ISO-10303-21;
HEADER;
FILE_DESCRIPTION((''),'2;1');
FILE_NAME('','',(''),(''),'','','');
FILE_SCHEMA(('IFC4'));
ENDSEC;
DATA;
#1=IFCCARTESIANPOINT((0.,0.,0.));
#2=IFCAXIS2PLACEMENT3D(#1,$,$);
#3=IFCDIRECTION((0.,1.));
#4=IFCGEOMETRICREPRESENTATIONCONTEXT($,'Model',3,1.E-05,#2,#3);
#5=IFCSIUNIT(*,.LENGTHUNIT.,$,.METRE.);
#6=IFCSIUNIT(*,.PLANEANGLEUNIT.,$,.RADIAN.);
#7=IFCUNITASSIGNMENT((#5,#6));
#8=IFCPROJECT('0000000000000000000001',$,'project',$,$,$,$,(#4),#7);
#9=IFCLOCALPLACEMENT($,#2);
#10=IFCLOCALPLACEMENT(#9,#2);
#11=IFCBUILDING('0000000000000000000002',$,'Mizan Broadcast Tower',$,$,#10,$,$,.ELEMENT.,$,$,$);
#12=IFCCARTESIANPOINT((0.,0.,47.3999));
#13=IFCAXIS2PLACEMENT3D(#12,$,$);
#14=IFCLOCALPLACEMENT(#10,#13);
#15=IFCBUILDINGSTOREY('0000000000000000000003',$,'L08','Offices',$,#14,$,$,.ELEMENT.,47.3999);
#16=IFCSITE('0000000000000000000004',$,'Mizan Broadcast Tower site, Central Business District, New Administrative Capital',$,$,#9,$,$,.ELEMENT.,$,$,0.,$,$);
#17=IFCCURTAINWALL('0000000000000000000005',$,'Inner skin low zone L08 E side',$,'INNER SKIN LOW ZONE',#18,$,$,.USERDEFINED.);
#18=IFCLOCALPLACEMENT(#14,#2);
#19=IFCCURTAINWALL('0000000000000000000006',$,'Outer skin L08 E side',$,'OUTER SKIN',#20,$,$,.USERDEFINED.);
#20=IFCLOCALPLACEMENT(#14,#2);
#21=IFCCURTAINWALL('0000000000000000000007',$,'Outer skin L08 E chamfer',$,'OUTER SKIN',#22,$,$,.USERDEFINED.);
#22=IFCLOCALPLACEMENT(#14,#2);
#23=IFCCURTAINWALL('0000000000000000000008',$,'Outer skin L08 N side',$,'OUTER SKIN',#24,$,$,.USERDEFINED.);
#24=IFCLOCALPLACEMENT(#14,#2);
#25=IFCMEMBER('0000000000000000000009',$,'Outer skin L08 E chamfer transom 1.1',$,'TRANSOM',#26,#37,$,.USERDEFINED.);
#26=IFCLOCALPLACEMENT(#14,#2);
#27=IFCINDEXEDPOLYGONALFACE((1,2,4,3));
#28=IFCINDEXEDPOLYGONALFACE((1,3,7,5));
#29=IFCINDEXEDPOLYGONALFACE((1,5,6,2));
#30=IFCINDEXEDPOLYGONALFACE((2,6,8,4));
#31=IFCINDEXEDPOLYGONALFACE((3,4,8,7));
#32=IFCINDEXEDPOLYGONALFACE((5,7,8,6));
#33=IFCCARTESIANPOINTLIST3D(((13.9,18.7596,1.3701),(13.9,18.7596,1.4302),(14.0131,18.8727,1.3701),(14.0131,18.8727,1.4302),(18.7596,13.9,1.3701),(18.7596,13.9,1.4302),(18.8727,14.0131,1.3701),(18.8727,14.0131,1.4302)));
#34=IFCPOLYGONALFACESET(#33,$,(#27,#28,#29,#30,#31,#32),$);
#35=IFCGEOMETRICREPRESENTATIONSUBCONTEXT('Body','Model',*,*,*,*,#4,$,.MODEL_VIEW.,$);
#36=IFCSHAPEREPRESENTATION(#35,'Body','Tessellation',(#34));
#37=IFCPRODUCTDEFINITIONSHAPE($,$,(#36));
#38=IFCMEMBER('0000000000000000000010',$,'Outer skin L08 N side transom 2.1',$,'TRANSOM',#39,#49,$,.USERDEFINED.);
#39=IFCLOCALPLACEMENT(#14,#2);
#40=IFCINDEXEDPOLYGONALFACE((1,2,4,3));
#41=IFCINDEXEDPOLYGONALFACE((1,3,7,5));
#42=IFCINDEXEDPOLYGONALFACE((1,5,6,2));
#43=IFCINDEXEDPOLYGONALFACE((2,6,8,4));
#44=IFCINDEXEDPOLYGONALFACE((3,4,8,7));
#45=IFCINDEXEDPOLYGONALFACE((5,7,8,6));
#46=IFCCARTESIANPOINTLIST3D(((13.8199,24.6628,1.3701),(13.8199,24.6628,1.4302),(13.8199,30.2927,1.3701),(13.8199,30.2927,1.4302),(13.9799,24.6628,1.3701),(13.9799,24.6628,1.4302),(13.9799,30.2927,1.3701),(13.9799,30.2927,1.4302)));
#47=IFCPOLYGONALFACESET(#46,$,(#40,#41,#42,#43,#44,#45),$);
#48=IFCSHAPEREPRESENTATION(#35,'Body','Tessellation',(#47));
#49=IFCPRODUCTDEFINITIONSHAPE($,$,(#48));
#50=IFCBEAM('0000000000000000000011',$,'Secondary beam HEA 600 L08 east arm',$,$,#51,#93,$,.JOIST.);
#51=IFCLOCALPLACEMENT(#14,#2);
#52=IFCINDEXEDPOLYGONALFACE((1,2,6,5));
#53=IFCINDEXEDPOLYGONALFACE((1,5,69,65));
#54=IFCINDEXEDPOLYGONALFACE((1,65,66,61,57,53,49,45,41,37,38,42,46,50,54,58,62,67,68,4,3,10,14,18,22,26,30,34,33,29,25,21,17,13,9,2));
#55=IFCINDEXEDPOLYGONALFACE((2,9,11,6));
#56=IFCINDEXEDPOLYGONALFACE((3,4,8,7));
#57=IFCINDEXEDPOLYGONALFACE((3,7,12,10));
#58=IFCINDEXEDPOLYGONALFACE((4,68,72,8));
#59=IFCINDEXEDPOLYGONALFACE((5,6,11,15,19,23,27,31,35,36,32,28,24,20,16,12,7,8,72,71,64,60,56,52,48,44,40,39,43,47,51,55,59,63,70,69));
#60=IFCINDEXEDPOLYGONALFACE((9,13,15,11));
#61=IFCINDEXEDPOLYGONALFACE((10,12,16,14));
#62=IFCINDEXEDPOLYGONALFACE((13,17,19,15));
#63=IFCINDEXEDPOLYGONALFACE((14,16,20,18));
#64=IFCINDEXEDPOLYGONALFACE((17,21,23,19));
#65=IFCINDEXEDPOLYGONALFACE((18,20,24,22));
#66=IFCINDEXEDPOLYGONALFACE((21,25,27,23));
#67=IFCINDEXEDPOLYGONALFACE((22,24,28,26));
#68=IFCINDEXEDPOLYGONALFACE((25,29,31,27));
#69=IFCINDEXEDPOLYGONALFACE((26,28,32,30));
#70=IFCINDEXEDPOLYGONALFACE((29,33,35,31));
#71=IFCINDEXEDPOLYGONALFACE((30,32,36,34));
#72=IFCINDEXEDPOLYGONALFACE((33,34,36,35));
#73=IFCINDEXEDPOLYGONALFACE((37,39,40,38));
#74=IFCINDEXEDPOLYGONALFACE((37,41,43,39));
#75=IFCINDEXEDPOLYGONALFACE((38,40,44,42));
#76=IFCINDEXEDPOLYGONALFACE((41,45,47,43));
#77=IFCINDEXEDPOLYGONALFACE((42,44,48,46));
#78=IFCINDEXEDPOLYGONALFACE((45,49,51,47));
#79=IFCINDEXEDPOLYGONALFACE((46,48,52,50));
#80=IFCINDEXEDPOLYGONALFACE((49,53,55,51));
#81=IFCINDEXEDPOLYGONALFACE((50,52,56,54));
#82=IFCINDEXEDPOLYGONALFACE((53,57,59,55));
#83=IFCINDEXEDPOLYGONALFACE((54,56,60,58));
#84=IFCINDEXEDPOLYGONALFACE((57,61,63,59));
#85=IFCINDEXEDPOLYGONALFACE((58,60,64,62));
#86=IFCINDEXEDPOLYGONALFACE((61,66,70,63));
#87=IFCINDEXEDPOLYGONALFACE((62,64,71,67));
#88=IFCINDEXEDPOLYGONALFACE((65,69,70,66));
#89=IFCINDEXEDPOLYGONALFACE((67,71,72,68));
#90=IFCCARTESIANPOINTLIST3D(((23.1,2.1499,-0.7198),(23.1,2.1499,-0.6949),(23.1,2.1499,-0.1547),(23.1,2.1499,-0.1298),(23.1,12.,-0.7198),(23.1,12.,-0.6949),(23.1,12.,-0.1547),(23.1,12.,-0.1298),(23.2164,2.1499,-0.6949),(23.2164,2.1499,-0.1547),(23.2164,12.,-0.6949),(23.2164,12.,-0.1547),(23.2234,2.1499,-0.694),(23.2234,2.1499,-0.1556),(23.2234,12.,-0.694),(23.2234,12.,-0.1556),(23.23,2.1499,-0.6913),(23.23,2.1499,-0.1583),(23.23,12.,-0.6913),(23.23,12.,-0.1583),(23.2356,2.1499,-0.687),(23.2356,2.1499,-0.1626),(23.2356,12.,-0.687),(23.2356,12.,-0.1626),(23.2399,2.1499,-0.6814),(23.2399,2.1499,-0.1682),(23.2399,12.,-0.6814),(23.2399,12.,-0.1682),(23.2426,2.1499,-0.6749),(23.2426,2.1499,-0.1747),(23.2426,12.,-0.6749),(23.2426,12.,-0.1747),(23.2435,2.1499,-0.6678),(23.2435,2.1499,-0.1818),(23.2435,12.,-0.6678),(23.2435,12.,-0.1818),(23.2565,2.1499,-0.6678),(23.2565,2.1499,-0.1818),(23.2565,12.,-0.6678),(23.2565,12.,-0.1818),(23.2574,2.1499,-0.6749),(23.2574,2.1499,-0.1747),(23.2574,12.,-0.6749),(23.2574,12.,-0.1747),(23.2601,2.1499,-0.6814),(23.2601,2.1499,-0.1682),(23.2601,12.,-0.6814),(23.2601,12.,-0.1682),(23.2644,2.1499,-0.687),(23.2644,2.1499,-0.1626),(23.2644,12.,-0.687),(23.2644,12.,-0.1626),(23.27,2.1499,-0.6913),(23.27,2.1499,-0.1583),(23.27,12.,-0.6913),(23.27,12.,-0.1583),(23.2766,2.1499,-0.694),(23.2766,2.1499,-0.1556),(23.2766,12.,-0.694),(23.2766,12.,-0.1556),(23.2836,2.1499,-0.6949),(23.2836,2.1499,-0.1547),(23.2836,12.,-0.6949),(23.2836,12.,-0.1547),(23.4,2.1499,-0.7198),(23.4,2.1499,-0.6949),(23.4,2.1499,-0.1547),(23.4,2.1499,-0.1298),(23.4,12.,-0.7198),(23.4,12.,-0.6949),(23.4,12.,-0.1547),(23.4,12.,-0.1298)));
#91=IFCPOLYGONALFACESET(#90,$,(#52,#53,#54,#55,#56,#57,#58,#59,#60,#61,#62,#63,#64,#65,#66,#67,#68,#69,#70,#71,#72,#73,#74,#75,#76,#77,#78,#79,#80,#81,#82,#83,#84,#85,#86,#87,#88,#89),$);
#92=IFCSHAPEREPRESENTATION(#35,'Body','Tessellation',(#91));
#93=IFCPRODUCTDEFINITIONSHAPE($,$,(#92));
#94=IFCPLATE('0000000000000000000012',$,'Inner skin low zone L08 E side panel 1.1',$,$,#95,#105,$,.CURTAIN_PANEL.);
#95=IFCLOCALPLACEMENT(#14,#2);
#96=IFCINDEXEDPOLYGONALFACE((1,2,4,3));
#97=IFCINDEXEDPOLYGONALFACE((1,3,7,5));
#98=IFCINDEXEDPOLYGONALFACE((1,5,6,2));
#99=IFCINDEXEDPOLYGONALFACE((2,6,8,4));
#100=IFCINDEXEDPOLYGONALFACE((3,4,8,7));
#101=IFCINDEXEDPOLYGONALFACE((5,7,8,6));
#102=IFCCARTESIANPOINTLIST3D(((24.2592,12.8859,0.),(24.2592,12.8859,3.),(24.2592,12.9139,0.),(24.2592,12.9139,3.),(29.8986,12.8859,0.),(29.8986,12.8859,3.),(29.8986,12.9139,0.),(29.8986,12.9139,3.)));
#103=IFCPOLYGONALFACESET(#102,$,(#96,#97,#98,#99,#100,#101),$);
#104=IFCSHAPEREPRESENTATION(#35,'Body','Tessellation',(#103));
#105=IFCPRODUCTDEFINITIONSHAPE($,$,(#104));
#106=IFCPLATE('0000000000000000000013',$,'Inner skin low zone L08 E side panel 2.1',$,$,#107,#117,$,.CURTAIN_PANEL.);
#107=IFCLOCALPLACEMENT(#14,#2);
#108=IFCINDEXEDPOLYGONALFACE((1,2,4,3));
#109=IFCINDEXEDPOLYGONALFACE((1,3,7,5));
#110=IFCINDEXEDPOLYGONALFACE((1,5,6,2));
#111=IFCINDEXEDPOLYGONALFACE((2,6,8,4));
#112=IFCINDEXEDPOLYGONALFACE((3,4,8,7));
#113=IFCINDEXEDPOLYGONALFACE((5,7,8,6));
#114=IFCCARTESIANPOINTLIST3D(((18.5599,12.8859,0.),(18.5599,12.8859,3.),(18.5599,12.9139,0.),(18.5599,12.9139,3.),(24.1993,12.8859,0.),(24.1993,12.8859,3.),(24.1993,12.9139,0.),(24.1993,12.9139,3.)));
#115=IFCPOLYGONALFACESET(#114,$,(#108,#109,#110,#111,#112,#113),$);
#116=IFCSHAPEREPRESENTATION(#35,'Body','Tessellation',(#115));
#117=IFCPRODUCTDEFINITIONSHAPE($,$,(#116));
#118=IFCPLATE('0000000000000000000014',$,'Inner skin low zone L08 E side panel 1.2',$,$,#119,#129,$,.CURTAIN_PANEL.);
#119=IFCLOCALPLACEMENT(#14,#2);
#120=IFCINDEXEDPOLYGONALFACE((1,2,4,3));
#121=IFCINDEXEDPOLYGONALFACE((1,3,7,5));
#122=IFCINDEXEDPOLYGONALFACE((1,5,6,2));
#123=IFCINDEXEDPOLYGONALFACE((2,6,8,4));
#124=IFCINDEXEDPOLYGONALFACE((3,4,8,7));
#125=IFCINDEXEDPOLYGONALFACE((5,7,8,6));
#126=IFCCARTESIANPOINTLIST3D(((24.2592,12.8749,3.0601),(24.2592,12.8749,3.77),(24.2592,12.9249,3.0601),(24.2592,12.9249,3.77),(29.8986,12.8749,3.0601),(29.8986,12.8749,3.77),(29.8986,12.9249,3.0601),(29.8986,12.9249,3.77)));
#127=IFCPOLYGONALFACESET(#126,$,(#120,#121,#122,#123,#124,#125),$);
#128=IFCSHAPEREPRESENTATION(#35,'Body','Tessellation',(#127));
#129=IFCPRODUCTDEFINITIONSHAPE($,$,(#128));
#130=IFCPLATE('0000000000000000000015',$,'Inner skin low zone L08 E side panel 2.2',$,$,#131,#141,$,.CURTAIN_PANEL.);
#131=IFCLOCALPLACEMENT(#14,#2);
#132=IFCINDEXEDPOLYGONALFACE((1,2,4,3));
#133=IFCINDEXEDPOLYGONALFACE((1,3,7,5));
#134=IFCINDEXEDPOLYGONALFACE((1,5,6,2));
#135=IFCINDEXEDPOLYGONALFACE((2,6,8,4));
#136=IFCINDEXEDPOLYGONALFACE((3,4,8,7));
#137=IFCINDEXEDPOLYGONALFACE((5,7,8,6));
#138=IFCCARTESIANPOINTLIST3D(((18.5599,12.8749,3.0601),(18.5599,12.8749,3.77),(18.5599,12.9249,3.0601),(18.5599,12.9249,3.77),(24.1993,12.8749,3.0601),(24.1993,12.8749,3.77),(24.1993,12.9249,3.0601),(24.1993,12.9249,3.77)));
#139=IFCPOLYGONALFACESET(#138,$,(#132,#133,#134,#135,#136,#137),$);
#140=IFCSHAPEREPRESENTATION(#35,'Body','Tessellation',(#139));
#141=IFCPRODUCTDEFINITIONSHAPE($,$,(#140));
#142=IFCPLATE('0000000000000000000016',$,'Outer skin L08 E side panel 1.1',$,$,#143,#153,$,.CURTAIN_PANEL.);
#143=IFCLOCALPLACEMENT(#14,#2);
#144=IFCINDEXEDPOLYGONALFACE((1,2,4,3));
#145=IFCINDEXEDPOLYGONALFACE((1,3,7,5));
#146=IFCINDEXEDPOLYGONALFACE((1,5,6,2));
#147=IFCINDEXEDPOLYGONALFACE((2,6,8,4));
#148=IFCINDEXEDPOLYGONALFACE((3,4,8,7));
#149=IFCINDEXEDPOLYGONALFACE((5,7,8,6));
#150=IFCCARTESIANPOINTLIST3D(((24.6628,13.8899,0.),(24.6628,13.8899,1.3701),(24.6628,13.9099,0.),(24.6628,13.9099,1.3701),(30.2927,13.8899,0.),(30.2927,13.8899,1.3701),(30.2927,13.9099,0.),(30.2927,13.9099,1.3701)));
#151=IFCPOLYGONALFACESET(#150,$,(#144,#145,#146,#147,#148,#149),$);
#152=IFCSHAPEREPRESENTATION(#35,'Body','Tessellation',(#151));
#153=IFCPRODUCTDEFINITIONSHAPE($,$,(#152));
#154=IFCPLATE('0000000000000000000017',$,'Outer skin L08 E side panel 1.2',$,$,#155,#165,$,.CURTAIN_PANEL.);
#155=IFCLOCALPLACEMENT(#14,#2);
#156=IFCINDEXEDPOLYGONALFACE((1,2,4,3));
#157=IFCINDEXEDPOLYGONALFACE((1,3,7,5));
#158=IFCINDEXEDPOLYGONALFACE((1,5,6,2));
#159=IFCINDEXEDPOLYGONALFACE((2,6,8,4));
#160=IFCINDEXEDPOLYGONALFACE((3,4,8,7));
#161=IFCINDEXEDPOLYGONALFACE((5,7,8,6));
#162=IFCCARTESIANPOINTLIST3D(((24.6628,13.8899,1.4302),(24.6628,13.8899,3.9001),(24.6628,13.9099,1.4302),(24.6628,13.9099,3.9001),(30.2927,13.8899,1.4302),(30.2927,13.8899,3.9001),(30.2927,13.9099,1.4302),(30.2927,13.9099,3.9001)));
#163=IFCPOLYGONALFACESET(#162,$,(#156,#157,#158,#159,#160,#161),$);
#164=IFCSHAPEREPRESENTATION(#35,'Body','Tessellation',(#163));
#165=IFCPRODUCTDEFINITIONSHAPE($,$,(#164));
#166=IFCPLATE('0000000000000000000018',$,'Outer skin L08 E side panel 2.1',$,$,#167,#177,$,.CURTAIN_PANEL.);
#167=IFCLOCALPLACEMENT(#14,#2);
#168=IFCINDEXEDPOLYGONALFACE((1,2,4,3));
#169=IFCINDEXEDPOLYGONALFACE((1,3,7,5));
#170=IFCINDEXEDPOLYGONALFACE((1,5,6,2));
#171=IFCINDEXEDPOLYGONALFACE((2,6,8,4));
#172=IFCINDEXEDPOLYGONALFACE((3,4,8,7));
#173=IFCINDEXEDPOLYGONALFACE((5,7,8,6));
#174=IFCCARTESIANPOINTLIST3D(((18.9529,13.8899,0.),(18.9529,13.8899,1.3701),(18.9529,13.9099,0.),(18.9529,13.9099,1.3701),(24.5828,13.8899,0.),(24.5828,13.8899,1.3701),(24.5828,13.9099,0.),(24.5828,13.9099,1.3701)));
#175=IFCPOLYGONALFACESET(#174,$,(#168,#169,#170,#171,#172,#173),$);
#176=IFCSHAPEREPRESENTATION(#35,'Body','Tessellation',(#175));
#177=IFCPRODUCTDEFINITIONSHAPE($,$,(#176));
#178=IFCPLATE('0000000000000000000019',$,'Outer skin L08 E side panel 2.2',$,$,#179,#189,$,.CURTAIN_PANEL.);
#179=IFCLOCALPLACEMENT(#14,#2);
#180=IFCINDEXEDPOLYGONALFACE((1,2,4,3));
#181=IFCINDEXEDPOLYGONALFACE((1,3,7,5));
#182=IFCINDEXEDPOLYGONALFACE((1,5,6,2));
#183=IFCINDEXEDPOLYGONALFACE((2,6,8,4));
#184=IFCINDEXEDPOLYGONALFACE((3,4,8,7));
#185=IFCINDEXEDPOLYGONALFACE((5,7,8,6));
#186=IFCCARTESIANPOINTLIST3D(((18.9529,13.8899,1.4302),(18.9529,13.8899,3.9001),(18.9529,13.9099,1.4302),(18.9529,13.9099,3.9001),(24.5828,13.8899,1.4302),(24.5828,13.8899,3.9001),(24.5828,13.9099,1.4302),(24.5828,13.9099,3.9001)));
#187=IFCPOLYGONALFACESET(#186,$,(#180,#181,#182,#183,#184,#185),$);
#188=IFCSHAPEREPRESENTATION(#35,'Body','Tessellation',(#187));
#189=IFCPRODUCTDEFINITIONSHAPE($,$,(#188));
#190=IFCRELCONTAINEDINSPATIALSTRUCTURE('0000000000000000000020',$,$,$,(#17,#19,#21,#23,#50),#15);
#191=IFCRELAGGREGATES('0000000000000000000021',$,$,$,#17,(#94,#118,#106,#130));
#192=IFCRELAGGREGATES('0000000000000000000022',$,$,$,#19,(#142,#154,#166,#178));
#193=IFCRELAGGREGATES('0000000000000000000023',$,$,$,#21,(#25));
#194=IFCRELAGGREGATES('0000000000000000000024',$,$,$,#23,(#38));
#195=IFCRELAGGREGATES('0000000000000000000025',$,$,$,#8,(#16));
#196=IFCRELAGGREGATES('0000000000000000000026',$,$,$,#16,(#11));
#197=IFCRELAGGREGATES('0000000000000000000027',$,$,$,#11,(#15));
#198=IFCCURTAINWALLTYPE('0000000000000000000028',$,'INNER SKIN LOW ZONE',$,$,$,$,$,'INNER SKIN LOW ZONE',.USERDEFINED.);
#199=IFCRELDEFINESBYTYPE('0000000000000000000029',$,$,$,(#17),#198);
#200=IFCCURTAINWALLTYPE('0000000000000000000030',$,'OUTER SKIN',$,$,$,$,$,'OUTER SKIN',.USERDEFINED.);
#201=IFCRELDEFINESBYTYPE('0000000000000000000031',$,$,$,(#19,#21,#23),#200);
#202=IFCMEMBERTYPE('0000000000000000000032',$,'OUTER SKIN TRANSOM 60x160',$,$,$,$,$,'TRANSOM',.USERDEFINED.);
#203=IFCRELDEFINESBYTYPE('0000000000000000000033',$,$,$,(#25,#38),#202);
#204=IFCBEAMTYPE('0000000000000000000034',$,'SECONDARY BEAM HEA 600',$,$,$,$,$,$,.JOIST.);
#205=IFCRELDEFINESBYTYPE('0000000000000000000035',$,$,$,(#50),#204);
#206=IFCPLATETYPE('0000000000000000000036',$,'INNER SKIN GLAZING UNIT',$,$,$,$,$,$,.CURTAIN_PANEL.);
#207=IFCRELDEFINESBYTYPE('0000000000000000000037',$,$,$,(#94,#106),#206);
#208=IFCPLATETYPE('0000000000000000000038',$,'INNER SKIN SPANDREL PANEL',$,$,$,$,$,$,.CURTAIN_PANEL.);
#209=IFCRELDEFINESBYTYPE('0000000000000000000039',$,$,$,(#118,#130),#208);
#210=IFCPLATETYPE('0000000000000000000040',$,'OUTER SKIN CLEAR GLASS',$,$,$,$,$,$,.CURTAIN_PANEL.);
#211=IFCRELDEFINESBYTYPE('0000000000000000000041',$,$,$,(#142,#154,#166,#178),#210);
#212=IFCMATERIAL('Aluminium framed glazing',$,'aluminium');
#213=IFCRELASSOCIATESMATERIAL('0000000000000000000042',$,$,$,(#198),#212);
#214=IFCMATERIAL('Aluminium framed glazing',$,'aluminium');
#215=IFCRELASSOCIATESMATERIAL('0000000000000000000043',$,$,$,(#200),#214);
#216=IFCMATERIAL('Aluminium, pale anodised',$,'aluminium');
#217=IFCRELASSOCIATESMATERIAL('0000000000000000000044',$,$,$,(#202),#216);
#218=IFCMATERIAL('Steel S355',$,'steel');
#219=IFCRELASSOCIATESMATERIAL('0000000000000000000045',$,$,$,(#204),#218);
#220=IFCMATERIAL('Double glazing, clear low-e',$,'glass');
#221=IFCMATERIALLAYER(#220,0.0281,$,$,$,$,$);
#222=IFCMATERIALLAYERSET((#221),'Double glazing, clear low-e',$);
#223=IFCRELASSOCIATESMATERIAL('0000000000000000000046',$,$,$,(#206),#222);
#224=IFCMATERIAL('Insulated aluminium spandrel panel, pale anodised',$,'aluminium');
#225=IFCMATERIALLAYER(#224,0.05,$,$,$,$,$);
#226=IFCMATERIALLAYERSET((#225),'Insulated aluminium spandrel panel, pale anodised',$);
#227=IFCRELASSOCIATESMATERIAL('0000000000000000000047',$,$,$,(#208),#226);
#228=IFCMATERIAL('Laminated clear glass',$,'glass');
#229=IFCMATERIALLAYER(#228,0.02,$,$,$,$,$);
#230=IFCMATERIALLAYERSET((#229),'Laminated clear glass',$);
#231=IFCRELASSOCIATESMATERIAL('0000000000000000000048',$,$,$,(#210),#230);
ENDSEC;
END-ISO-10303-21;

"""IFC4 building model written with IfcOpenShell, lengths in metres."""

from ifc_helpers import new_model, si_unit, direction, frame, origin, origin_2d, place, context, subcontext, project, spatial, rectangle, i_section, extrude, material, layer, layer_set, material_profile, profile_set, type_object, element, aggregate, save


model = new_model("IFC4")

# Units and contexts
model_context = context("Model", 3, precision=1e-05, world=origin(), true_north=direction((0.0, 1.0)))
body_context = subcontext(model_context, "Body", "Model", "MODEL_VIEW")
ifc_project = project(units=[si_unit("LENGTHUNIT", "METRE"), si_unit("PLANEANGLEUNIT", "RADIAN")], contexts=[model_context])

# Site, building, storey
site_placement = place(None, origin())
site = spatial("IfcSite", under=ifc_project, at=site_placement, Name="Mizan Broadcast Tower site, Central Business District, New Administrative Capital", CompositionType="ELEMENT", RefElevation=0.0)
building_placement = place(site_placement, origin())
building = spatial("IfcBuilding", under=site, at=building_placement, Name="Mizan Broadcast Tower", CompositionType="ELEMENT")
storey_placement = place(building_placement, frame((0.0, 0.0, 47.3999)))
storey = spatial("IfcBuildingStorey", under=building, at=storey_placement, Name="L08", Description="Offices", CompositionType="ELEMENT", Elevation=47.3999)

# Shared definitions
ifc_material_1 = material(Name="Aluminium framed glazing", Category="aluminium")
curtain_wall_type_1 = type_object("IfcCurtainWallType", Name="INNER SKIN LOW ZONE", ElementType="INNER SKIN LOW ZONE", PredefinedType="USERDEFINED", material=ifc_material_1)

# Curtain wall
curtain_wall_1_placement = place(storey_placement, origin())
curtain_wall_1 = element("IfcCurtainWall", 1, at=curtain_wall_1_placement, inside=storey, type_object=curtain_wall_type_1, Name="Inner skin low zone L08 E side", ObjectType="INNER SKIN LOW ZONE", PredefinedType="USERDEFINED")

# Shared definitions
ifc_material_2 = material(Name="Aluminium framed glazing", Category="aluminium")
curtain_wall_type_2 = type_object("IfcCurtainWallType", Name="OUTER SKIN", ElementType="OUTER SKIN", PredefinedType="USERDEFINED", material=ifc_material_2)

# Curtain wall
curtain_wall_2_placement = place(storey_placement, origin())
curtain_wall_2 = element("IfcCurtainWall", 2, at=curtain_wall_2_placement, inside=storey, type_object=curtain_wall_type_2, Name="Outer skin L08 E side", ObjectType="OUTER SKIN", PredefinedType="USERDEFINED")

# Curtain wall
curtain_wall_3_placement = place(storey_placement, origin())
curtain_wall_3 = element("IfcCurtainWall", 3, at=curtain_wall_3_placement, inside=storey, type_object=curtain_wall_type_2, Name="Outer skin L08 E chamfer", ObjectType="OUTER SKIN", PredefinedType="USERDEFINED")

# Curtain wall
curtain_wall_4_placement = place(storey_placement, origin())
curtain_wall_4 = element("IfcCurtainWall", 4, at=curtain_wall_4_placement, inside=storey, type_object=curtain_wall_type_2, Name="Outer skin L08 N side", ObjectType="OUTER SKIN", PredefinedType="USERDEFINED")

# Members
ifc_material_3 = material(Name="Aluminium, pale anodised", Category="aluminium")
ifc_material_profile_1 = material_profile(ifc_material_3, rectangle(XDim=0.1599, YDim=0.0601, at=origin_2d()), Name="TRANSOM 160x60")
ifc_profile_set_1 = profile_set([ifc_material_profile_1], Name="Aluminium, pale anodised")
member_type_1 = type_object("IfcMemberType", Name="OUTER SKIN TRANSOM 60x160", ElementType="TRANSOM", PredefinedType="USERDEFINED", material=ifc_profile_set_1)
member_1_placement = place(storey_placement, frame((18.8162, 13.9565, 1.4001), z_axis=(-0.707107, 0.707107, 0.0), x_axis=(-0.707107, -0.707107, 0.0)))
member_1 = element("IfcMember", 5, at=member_1_placement, type_object=member_type_1, Name="Outer skin L08 E chamfer transom 1.1", ObjectType="TRANSOM", PredefinedType="USERDEFINED", context=body_context, shape_type="SweptSolid", body=[
    extrude(rectangle(XDim=0.1599, YDim=0.0601, at=origin_2d()), origin(), (0.0, 0.0, 1.0), 6.8726),
])
member_2_placement = place(storey_placement, frame((13.8999, 24.6628, 1.4001), z_axis=(0.0, 1.0, 0.0), x_axis=(-1.0, 0.0, 0.0)))
member_2 = element("IfcMember", 6, at=member_2_placement, type_object=member_type_1, Name="Outer skin L08 N side transom 2.1", ObjectType="TRANSOM", PredefinedType="USERDEFINED", context=body_context, shape_type="SweptSolid", body=[
    extrude(rectangle(XDim=0.1599, YDim=0.0601, at=origin_2d()), origin(), (0.0, 0.0, 1.0), 5.6299),
])

# Beam
ifc_material_4 = material(Name="Steel S355", Category="steel")
ifc_material_profile_2 = material_profile(ifc_material_4, i_section(OverallWidth=0.3, OverallDepth=0.5901, WebThickness=0.0129, FlangeThickness=0.0249, FilletRadius=0.0271, at=origin_2d()), Name="HEA 600")
ifc_profile_set_2 = profile_set([ifc_material_profile_2], Name="Steel S355")
beam_type = type_object("IfcBeamType", Name="SECONDARY BEAM HEA 600", PredefinedType="JOIST", material=ifc_profile_set_2)
beam_placement = place(storey_placement, frame((23.25, 12.0, -0.4248), z_axis=(0.0, -1.0, 0.0), x_axis=(1.0, 0.0, 0.0)))
element("IfcBeam", 7, at=beam_placement, inside=storey, type_object=beam_type, Name="Secondary beam HEA 600 L08 east arm", PredefinedType="JOIST", context=body_context, shape_type="SweptSolid", body=[
    extrude(i_section(OverallWidth=0.3, OverallDepth=0.5901, WebThickness=0.0129, FlangeThickness=0.0249, FilletRadius=0.0271, at=origin_2d()), origin(), (0.0, 0.0, 1.0), 9.8501),
])

# Plates
ifc_material_5 = material(Name="Double glazing, clear low-e", Category="glass")
ifc_layer_1 = layer(ifc_material_5, 0.0281)
ifc_layer_set_1 = layer_set([ifc_layer_1], Name="Double glazing, clear low-e")
plate_type_1 = type_object("IfcPlateType", Name="INNER SKIN GLAZING UNIT", PredefinedType="CURTAIN_PANEL", material=ifc_layer_set_1)
plate_1_placement = place(storey_placement, frame((27.0789, 12.8999, 0.0), z_axis=(0.0, 0.0, 1.0), x_axis=(-1.0, 0.0, 0.0)))
plate_1 = element("IfcPlate", 8, at=plate_1_placement, type_object=plate_type_1, Name="Inner skin low zone L08 E side panel 1.1", PredefinedType="CURTAIN_PANEL", context=body_context, shape_type="SweptSolid", body=[
    extrude(rectangle(XDim=5.6394, YDim=0.0281, at=origin_2d()), origin(), (0.0, 0.0, 1.0), 3.0),
])
plate_2_placement = place(storey_placement, frame((21.3796, 12.8999, 0.0), z_axis=(0.0, 0.0, 1.0), x_axis=(-1.0, 0.0, 0.0)))
plate_2 = element("IfcPlate", 9, at=plate_2_placement, type_object=plate_type_1, Name="Inner skin low zone L08 E side panel 2.1", PredefinedType="CURTAIN_PANEL", context=body_context, shape_type="SweptSolid", body=[
    extrude(rectangle(XDim=5.6394, YDim=0.0281, at=origin_2d()), origin(), (0.0, 0.0, 1.0), 3.0),
])
ifc_material_6 = material(Name="Insulated aluminium spandrel panel, pale anodised", Category="aluminium")
ifc_layer_2 = layer(ifc_material_6, 0.05)
ifc_layer_set_2 = layer_set([ifc_layer_2], Name="Insulated aluminium spandrel panel, pale anodised")
plate_type_2 = type_object("IfcPlateType", Name="INNER SKIN SPANDREL PANEL", PredefinedType="CURTAIN_PANEL", material=ifc_layer_set_2)
plate_3_placement = place(storey_placement, frame((27.0789, 12.8999, 3.0601), z_axis=(0.0, 0.0, 1.0), x_axis=(-1.0, 0.0, 0.0)))
plate_3 = element("IfcPlate", 10, at=plate_3_placement, type_object=plate_type_2, Name="Inner skin low zone L08 E side panel 1.2", PredefinedType="CURTAIN_PANEL", context=body_context, shape_type="SweptSolid", body=[
    extrude(rectangle(XDim=5.6394, YDim=0.05, at=origin_2d()), origin(), (0.0, 0.0, 1.0), 0.71),
])
plate_4_placement = place(storey_placement, frame((21.3796, 12.8999, 3.0601), z_axis=(0.0, 0.0, 1.0), x_axis=(-1.0, 0.0, 0.0)))
plate_4 = element("IfcPlate", 11, at=plate_4_placement, type_object=plate_type_2, Name="Inner skin low zone L08 E side panel 2.2", PredefinedType="CURTAIN_PANEL", context=body_context, shape_type="SweptSolid", body=[
    extrude(rectangle(XDim=5.6394, YDim=0.05, at=origin_2d()), origin(), (0.0, 0.0, 1.0), 0.71),
])
aggregate(curtain_wall_1, [plate_1, plate_3, plate_2, plate_4])
ifc_material_7 = material(Name="Laminated clear glass", Category="glass")
ifc_layer_3 = layer(ifc_material_7, 0.02)
ifc_layer_set_3 = layer_set([ifc_layer_3], Name="Laminated clear glass")
plate_type_3 = type_object("IfcPlateType", Name="OUTER SKIN CLEAR GLASS", PredefinedType="CURTAIN_PANEL", material=ifc_layer_set_3)
plate_5_placement = place(storey_placement, frame((27.4778, 13.8999, 0.0), z_axis=(0.0, 0.0, 1.0), x_axis=(-1.0, 0.0, 0.0)))
plate_5 = element("IfcPlate", 12, at=plate_5_placement, type_object=plate_type_3, Name="Outer skin L08 E side panel 1.1", PredefinedType="CURTAIN_PANEL", context=body_context, shape_type="SweptSolid", body=[
    extrude(rectangle(XDim=5.6299, YDim=0.02, at=origin_2d()), origin(), (0.0, 0.0, 1.0), 1.3701),
])
plate_6_placement = place(storey_placement, frame((27.4778, 13.8999, 1.4302), z_axis=(0.0, 0.0, 1.0), x_axis=(-1.0, 0.0, 0.0)))
plate_6 = element("IfcPlate", 13, at=plate_6_placement, type_object=plate_type_3, Name="Outer skin L08 E side panel 1.2", PredefinedType="CURTAIN_PANEL", context=body_context, shape_type="SweptSolid", body=[
    extrude(rectangle(XDim=5.6299, YDim=0.02, at=origin_2d()), origin(), (0.0, 0.0, 1.0), 2.47),
])
plate_7_placement = place(storey_placement, frame((21.7678, 13.8999, 0.0), z_axis=(0.0, 0.0, 1.0), x_axis=(-1.0, 0.0, 0.0)))
plate_7 = element("IfcPlate", 14, at=plate_7_placement, type_object=plate_type_3, Name="Outer skin L08 E side panel 2.1", PredefinedType="CURTAIN_PANEL", context=body_context, shape_type="SweptSolid", body=[
    extrude(rectangle(XDim=5.6299, YDim=0.02, at=origin_2d()), origin(), (0.0, 0.0, 1.0), 1.3701),
])
plate_8_placement = place(storey_placement, frame((21.7678, 13.8999, 1.4302), z_axis=(0.0, 0.0, 1.0), x_axis=(-1.0, 0.0, 0.0)))
plate_8 = element("IfcPlate", 15, at=plate_8_placement, type_object=plate_type_3, Name="Outer skin L08 E side panel 2.2", PredefinedType="CURTAIN_PANEL", context=body_context, shape_type="SweptSolid", body=[
    extrude(rectangle(XDim=5.6299, YDim=0.02, at=origin_2d()), origin(), (0.0, 0.0, 1.0), 2.47),
])
aggregate(curtain_wall_2, [plate_5, plate_6, plate_7, plate_8])
aggregate(curtain_wall_3, [member_1])
aggregate(curtain_wall_4, [member_2])

save(model, "model.ifc")
